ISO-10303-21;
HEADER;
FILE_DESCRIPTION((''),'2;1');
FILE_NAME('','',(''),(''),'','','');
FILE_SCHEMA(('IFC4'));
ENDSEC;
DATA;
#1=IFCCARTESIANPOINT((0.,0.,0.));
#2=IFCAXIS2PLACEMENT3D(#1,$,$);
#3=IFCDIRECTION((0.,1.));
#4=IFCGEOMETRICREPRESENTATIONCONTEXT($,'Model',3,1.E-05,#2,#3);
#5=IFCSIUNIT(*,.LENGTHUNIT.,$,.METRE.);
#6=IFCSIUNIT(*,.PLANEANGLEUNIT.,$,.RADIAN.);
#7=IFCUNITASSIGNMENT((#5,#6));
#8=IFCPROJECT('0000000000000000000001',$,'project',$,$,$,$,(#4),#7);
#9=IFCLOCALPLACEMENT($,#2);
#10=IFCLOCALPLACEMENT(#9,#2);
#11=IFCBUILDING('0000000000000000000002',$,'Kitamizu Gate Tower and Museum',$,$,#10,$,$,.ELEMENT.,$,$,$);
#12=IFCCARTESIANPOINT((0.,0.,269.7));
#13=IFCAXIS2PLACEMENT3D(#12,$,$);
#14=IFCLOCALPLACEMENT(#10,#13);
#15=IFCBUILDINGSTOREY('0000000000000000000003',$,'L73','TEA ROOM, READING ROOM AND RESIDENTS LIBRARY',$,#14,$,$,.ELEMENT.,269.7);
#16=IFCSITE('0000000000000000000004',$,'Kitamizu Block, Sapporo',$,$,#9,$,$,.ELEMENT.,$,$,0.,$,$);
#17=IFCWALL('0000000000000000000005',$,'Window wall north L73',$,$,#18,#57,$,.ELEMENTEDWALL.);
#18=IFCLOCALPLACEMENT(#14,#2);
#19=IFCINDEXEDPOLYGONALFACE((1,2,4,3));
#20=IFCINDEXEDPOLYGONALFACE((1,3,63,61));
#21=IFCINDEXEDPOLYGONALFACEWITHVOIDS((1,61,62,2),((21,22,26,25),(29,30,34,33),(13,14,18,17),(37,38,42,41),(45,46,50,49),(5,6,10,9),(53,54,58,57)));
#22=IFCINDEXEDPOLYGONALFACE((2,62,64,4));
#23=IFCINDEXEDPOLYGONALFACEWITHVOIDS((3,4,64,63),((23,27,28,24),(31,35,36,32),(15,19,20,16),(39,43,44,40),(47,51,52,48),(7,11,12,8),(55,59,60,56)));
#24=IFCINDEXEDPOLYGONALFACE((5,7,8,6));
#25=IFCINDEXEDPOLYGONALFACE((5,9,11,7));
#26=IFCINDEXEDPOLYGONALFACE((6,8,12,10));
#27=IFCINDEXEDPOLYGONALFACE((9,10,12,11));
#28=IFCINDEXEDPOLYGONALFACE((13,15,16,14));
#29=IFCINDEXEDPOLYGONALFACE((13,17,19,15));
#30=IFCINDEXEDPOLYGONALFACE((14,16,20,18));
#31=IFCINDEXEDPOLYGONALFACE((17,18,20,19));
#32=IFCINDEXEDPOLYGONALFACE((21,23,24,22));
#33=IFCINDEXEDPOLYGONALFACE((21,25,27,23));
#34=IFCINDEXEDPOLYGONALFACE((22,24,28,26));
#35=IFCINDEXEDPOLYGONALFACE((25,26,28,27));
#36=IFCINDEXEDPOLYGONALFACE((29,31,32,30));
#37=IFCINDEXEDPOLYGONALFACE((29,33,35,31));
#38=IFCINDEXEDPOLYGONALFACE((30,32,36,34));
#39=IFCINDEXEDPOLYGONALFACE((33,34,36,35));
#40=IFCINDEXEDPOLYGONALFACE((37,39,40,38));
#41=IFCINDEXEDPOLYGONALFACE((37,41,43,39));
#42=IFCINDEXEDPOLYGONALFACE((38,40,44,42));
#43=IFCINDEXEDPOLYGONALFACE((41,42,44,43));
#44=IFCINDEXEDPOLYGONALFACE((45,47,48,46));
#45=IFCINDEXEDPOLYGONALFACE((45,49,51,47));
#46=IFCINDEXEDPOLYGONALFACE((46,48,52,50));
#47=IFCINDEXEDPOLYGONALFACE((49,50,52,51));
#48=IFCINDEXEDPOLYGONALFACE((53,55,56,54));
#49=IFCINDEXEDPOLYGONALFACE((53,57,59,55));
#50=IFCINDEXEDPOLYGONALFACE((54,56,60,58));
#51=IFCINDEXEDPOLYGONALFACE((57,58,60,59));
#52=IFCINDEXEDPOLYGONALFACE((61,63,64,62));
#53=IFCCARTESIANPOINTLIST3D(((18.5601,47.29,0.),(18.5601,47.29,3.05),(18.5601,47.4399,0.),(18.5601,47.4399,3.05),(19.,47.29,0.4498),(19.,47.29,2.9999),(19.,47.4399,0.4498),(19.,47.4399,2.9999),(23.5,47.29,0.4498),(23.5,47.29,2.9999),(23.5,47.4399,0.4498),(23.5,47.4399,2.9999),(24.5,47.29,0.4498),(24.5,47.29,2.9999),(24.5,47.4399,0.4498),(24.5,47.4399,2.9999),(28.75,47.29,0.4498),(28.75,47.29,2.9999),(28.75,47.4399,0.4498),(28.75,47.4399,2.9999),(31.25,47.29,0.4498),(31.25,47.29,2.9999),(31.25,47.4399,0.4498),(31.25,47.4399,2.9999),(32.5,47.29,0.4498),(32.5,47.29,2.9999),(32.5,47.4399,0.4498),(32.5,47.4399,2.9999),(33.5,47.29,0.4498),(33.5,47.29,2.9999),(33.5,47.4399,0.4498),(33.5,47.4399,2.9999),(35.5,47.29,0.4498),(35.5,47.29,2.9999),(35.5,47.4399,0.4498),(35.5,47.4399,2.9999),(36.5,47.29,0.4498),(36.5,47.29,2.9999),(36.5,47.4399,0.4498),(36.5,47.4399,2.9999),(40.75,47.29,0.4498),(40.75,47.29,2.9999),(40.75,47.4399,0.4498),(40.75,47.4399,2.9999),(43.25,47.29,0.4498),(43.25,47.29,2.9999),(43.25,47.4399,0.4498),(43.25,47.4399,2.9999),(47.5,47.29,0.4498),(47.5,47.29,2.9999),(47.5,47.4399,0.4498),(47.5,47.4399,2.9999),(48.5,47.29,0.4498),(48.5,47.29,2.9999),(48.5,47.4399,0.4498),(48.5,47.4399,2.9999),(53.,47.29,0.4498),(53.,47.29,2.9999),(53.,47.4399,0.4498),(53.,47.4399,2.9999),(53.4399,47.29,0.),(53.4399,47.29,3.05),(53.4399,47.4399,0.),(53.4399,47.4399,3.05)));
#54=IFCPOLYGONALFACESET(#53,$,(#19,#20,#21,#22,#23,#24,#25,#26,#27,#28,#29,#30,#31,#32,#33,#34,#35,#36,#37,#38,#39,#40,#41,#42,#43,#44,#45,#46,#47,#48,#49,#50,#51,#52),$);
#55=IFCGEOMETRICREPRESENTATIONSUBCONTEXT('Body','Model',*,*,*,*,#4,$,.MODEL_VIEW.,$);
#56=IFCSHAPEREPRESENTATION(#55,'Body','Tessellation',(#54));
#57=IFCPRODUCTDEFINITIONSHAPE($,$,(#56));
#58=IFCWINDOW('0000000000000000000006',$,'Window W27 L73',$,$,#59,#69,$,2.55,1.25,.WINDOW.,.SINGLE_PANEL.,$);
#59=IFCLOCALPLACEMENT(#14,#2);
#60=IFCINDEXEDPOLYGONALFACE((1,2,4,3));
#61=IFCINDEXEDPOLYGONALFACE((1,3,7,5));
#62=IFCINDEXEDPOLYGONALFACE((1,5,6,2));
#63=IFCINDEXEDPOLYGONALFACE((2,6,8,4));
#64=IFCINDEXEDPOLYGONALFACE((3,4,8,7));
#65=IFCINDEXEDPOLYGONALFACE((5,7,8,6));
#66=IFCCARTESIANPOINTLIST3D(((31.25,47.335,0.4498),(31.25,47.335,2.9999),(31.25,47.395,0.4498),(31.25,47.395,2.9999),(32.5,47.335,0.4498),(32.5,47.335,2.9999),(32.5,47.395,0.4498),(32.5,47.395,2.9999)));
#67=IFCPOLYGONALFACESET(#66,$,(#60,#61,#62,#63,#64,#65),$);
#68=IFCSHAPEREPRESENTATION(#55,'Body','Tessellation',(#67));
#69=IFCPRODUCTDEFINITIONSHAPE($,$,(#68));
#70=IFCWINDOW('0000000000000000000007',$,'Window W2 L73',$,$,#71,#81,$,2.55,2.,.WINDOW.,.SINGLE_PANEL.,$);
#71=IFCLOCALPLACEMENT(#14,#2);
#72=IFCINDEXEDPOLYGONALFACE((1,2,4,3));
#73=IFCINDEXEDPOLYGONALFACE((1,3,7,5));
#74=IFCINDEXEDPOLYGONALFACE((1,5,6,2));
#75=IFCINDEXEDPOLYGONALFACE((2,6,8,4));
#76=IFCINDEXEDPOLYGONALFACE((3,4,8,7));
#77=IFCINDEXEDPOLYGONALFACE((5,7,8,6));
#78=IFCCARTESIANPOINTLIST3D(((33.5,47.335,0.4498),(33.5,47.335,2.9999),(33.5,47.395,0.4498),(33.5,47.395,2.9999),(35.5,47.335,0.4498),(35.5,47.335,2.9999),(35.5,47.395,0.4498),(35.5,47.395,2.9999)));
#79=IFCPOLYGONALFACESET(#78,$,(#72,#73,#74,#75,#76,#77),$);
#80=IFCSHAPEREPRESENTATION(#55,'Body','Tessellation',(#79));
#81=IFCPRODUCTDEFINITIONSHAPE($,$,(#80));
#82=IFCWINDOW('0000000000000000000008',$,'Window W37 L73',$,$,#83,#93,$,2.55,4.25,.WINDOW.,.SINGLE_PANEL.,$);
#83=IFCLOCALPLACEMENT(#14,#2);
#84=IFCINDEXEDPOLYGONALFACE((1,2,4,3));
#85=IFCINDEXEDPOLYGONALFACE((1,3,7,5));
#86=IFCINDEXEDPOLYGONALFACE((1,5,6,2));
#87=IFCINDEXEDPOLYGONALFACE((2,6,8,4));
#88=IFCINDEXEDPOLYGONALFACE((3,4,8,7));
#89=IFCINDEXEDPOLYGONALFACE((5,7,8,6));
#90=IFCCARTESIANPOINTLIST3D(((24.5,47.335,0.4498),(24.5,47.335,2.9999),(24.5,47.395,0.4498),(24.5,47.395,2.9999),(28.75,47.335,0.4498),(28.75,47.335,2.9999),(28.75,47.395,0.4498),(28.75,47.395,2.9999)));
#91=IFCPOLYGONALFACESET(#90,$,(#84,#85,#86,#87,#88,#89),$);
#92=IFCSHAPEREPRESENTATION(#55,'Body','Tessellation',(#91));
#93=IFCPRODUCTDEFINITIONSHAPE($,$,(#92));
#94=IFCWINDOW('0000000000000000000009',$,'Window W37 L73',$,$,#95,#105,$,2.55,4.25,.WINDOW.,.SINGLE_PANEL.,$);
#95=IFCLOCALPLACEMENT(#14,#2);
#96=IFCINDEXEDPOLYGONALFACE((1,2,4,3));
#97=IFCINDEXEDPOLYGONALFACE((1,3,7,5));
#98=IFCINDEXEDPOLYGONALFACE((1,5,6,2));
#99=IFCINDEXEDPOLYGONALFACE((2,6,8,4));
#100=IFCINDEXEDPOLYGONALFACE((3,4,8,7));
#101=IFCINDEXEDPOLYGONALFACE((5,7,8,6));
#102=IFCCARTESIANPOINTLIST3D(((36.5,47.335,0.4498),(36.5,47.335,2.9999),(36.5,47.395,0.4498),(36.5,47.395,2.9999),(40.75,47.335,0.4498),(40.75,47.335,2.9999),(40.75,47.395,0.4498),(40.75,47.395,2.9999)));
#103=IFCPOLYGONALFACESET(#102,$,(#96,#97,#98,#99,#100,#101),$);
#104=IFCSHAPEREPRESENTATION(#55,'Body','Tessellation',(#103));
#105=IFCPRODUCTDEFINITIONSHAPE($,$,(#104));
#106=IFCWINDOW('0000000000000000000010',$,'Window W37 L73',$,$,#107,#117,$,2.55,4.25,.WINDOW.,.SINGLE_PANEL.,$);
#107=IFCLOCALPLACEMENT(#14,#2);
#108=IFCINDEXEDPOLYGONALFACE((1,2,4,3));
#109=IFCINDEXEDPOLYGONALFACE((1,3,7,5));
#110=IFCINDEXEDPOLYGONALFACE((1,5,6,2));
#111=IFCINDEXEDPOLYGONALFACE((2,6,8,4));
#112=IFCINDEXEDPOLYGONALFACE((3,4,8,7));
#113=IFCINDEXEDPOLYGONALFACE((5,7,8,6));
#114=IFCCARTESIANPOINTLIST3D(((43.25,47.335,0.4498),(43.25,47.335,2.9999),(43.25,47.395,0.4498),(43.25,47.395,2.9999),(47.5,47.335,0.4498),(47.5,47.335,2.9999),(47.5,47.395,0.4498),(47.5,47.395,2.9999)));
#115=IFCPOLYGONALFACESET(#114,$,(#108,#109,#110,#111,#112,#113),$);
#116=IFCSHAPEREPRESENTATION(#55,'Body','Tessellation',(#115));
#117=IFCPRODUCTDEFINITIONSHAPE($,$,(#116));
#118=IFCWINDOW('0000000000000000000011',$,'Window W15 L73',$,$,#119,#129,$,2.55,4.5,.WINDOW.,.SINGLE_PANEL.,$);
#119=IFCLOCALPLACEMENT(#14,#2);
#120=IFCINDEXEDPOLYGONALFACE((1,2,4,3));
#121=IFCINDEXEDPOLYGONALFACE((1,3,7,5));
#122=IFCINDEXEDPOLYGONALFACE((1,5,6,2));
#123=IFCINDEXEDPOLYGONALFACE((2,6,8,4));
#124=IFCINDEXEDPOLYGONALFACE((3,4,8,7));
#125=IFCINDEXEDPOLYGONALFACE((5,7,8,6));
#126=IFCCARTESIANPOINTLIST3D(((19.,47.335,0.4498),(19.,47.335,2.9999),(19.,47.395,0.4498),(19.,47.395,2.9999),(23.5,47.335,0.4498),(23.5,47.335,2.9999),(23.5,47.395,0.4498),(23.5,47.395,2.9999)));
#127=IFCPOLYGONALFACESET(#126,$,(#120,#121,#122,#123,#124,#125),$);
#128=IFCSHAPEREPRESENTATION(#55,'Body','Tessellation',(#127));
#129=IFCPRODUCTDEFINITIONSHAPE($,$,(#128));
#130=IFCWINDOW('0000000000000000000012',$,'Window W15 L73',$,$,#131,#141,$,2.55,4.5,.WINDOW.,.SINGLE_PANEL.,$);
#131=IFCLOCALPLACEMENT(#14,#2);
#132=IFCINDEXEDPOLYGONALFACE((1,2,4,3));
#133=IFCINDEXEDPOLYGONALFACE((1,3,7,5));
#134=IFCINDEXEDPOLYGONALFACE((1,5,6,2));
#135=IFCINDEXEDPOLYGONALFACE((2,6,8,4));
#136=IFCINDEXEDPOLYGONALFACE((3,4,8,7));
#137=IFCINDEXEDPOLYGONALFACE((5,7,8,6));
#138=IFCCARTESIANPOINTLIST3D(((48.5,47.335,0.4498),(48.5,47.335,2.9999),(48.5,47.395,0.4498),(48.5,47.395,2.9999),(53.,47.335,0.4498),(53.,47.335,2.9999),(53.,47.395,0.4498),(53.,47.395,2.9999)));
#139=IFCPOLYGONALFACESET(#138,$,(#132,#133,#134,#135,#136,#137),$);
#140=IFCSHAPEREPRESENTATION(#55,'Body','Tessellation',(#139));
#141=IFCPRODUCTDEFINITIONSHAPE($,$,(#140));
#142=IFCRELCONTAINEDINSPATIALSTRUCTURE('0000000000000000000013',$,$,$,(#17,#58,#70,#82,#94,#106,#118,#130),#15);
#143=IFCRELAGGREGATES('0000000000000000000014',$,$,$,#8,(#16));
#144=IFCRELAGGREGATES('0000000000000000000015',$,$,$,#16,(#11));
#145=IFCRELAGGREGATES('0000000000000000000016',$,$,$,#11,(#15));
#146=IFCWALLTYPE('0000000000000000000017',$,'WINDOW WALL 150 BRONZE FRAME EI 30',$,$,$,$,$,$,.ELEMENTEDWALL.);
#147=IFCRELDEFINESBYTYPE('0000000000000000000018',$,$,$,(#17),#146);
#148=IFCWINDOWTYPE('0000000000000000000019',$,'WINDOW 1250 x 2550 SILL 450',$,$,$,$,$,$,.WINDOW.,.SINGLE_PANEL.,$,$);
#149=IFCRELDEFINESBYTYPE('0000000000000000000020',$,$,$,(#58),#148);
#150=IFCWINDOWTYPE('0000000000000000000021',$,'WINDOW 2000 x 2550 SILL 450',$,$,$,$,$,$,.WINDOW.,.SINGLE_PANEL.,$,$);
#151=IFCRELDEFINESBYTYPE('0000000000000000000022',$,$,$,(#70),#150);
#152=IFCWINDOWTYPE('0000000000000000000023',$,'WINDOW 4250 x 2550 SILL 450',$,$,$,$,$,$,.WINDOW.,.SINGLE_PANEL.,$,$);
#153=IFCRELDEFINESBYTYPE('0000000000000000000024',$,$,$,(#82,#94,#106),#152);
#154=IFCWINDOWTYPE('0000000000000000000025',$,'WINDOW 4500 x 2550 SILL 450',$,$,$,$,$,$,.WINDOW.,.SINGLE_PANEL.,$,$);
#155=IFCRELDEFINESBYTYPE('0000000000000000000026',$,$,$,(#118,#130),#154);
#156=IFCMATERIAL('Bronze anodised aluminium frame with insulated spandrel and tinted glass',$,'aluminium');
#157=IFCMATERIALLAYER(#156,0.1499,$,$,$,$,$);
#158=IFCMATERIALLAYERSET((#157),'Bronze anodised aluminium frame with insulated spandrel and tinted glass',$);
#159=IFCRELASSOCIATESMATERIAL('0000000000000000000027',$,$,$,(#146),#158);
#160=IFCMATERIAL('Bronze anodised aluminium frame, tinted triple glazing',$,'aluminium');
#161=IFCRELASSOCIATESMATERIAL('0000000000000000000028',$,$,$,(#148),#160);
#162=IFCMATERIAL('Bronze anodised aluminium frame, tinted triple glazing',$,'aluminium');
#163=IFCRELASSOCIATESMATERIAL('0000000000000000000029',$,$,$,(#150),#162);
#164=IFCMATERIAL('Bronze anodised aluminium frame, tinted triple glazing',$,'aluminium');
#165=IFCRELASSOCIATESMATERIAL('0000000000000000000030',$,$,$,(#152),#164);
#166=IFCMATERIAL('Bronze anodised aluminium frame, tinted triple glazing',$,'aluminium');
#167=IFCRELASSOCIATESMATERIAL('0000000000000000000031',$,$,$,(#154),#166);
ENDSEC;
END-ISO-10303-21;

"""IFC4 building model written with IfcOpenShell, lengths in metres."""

from ifc_helpers import new_model, si_unit, direction, frame, frame_2d, origin, place, context, subcontext, project, spatial, rectangle, extrude, material, layer, layer_set, type_object, element, fill, save


model = new_model("IFC4")

# Units and contexts
model_context = context("Model", 3, precision=1e-05, world=origin(), true_north=direction((0.0, 1.0)))
body_context = subcontext(model_context, "Body", "Model", "MODEL_VIEW")
ifc_project = project(units=[si_unit("LENGTHUNIT", "METRE"), si_unit("PLANEANGLEUNIT", "RADIAN")], contexts=[model_context])

# Site, building, storey
site_placement = place(None, origin())
site = spatial("IfcSite", under=ifc_project, at=site_placement, Name="Kitamizu Block, Sapporo", CompositionType="ELEMENT", RefElevation=0.0)
building_placement = place(site_placement, origin())
building = spatial("IfcBuilding", under=site, at=building_placement, Name="Kitamizu Gate Tower and Museum", CompositionType="ELEMENT")
storey_placement = place(building_placement, frame((0.0, 0.0, 269.7)))
storey = spatial("IfcBuildingStorey", under=building, at=storey_placement, Name="L73", Description="TEA ROOM, READING ROOM AND RESIDENTS LIBRARY", CompositionType="ELEMENT", Elevation=269.7)

# Wall, openings, windows
ifc_material_1 = material(Name="Bronze anodised aluminium frame with insulated spandrel and tinted glass", Category="aluminium")
ifc_layer_1 = layer(ifc_material_1, 0.1499)
ifc_layer_set_1 = layer_set([ifc_layer_1], Name="Bronze anodised aluminium frame with insulated spandrel and tinted glass")
wall_type_1 = type_object("IfcWallType", Name="WINDOW WALL 150 BRONZE FRAME EI 30", PredefinedType="ELEMENTEDWALL", material=ifc_layer_set_1)
wall_1_placement = place(storey_placement, frame((18.5601, 47.365, 0.0), z_axis=(0.0, 0.0, 1.0), x_axis=(1.0, 0.0, 0.0)))
wall_1 = element("IfcWall", 1, at=wall_1_placement, inside=storey, type_object=wall_type_1, Name="Window wall north L73", PredefinedType="ELEMENTEDWALL", context=body_context, shape_type="SweptSolid", body=[
    extrude(rectangle(XDim=34.8799, YDim=0.1499, at=frame_2d((17.4399, 0.0))), origin(), (0.0, 0.0, 1.0), 3.05),
])
opening_1_placement = place(wall_1_placement, frame((0.4399, 0.0, 0.45)))
opening_1 = element("IfcOpeningElement", 2, at=opening_1_placement, cuts=wall_1, PredefinedType="OPENING", context=body_context, shape_type="SweptSolid", body=[
    extrude(rectangle(XDim=4.5, YDim=2.55, at=frame_2d((2.25, 1.2749))), frame((0.0, 0.085, 0.0), z_axis=(0.0, -1.0, 0.0), x_axis=(1.0, 0.0, 0.0)), (0.0, 0.0, 1.0), 0.1699),
])
opening_2_placement = place(wall_1_placement, frame((5.9399, 0.0, 0.45)))
opening_2 = element("IfcOpeningElement", 3, at=opening_2_placement, cuts=wall_1, PredefinedType="OPENING", context=body_context, shape_type="SweptSolid", body=[
    extrude(rectangle(XDim=4.25, YDim=2.55, at=frame_2d((2.125, 1.2749))), frame((0.0, 0.085, 0.0), z_axis=(0.0, -1.0, 0.0), x_axis=(1.0, 0.0, 0.0)), (0.0, 0.0, 1.0), 0.1699),
])
opening_3_placement = place(wall_1_placement, frame((12.6899, 0.0, 0.45)))
opening_3 = element("IfcOpeningElement", 4, at=opening_3_placement, cuts=wall_1, PredefinedType="OPENING", context=body_context, shape_type="SweptSolid", body=[
    extrude(rectangle(XDim=1.25, YDim=2.55, at=frame_2d((0.625, 1.2749))), frame((0.0, 0.085, 0.0), z_axis=(0.0, -1.0, 0.0), x_axis=(1.0, 0.0, 0.0)), (0.0, 0.0, 1.0), 0.1699),
])
opening_4_placement = place(wall_1_placement, frame((14.9399, 0.0, 0.45)))
opening_4 = element("IfcOpeningElement", 5, at=opening_4_placement, cuts=wall_1, PredefinedType="OPENING", context=body_context, shape_type="SweptSolid", body=[
    extrude(rectangle(XDim=2.0, YDim=2.55, at=frame_2d((1.0, 1.2749))), frame((0.0, 0.085, 0.0), z_axis=(0.0, -1.0, 0.0), x_axis=(1.0, 0.0, 0.0)), (0.0, 0.0, 1.0), 0.1699),
])
opening_5_placement = place(wall_1_placement, frame((17.9399, 0.0, 0.45)))
opening_5 = element("IfcOpeningElement", 6, at=opening_5_placement, cuts=wall_1, PredefinedType="OPENING", context=body_context, shape_type="SweptSolid", body=[
    extrude(rectangle(XDim=4.25, YDim=2.55, at=frame_2d((2.125, 1.2749))), frame((0.0, 0.085, 0.0), z_axis=(0.0, -1.0, 0.0), x_axis=(1.0, 0.0, 0.0)), (0.0, 0.0, 1.0), 0.1699),
])
opening_6_placement = place(wall_1_placement, frame((24.6899, 0.0, 0.45)))
opening_6 = element("IfcOpeningElement", 7, at=opening_6_placement, cuts=wall_1, PredefinedType="OPENING", context=body_context, shape_type="SweptSolid", body=[
    extrude(rectangle(XDim=4.25, YDim=2.55, at=frame_2d((2.125, 1.2749))), frame((0.0, 0.085, 0.0), z_axis=(0.0, -1.0, 0.0), x_axis=(1.0, 0.0, 0.0)), (0.0, 0.0, 1.0), 0.1699),
])
opening_7_placement = place(wall_1_placement, frame((29.9399, 0.0, 0.45)))
opening_7 = element("IfcOpeningElement", 8, at=opening_7_placement, cuts=wall_1, PredefinedType="OPENING", context=body_context, shape_type="SweptSolid", body=[
    extrude(rectangle(XDim=4.5, YDim=2.55, at=frame_2d((2.25, 1.2749))), frame((0.0, 0.085, 0.0), z_axis=(0.0, -1.0, 0.0), x_axis=(1.0, 0.0, 0.0)), (0.0, 0.0, 1.0), 0.1699),
])
ifc_material_2 = material(Name="Bronze anodised aluminium frame, tinted triple glazing", Category="aluminium")
window_type_1 = type_object("IfcWindowType", Name="WINDOW 1250 x 2550 SILL 450", PartitioningType="SINGLE_PANEL", PredefinedType="WINDOW", material=ifc_material_2)
window_1_placement = place(opening_3_placement, origin())
window_1 = element("IfcWindow", 9, at=window_1_placement, inside=storey, type_object=window_type_1, Name="Window W27 L73", OverallHeight=2.55, OverallWidth=1.25, PartitioningType="SINGLE_PANEL", PredefinedType="WINDOW", context=body_context, shape_type="SweptSolid", body=[
    extrude(rectangle(XDim=1.25, YDim=2.55, at=frame_2d((0.625, 1.2749))), frame((0.0, 0.03, 0.0), z_axis=(0.0, -1.0, 0.0), x_axis=(1.0, 0.0, 0.0)), (0.0, 0.0, 1.0), 0.0601),
])
fill(opening_3, window_1)
ifc_material_3 = material(Name="Bronze anodised aluminium frame, tinted triple glazing", Category="aluminium")
window_type_2 = type_object("IfcWindowType", Name="WINDOW 2000 x 2550 SILL 450", PartitioningType="SINGLE_PANEL", PredefinedType="WINDOW", material=ifc_material_3)
window_2_placement = place(opening_4_placement, origin())
window_2 = element("IfcWindow", 10, at=window_2_placement, inside=storey, type_object=window_type_2, Name="Window W2 L73", OverallHeight=2.55, OverallWidth=2.0, PartitioningType="SINGLE_PANEL", PredefinedType="WINDOW", context=body_context, shape_type="SweptSolid", body=[
    extrude(rectangle(XDim=2.0, YDim=2.55, at=frame_2d((1.0, 1.2749))), frame((0.0, 0.03, 0.0), z_axis=(0.0, -1.0, 0.0), x_axis=(1.0, 0.0, 0.0)), (0.0, 0.0, 1.0), 0.0601),
])
fill(opening_4, window_2)
ifc_material_4 = material(Name="Bronze anodised aluminium frame, tinted triple glazing", Category="aluminium")
window_type_3 = type_object("IfcWindowType", Name="WINDOW 4250 x 2550 SILL 450", PartitioningType="SINGLE_PANEL", PredefinedType="WINDOW", material=ifc_material_4)
window_3_placement = place(opening_2_placement, origin())
window_3 = element("IfcWindow", 11, at=window_3_placement, inside=storey, type_object=window_type_3, Name="Window W37 L73", OverallHeight=2.55, OverallWidth=4.25, PartitioningType="SINGLE_PANEL", PredefinedType="WINDOW", context=body_context, shape_type="SweptSolid", body=[
    extrude(rectangle(XDim=4.25, YDim=2.55, at=frame_2d((2.125, 1.2749))), frame((0.0, 0.03, 0.0), z_axis=(0.0, -1.0, 0.0), x_axis=(1.0, 0.0, 0.0)), (0.0, 0.0, 1.0), 0.0601),
])
fill(opening_2, window_3)
window_4_placement = place(opening_5_placement, origin())
window_4 = element("IfcWindow", 12, at=window_4_placement, inside=storey, type_object=window_type_3, Name="Window W37 L73", OverallHeight=2.55, OverallWidth=4.25, PartitioningType="SINGLE_PANEL", PredefinedType="WINDOW", context=body_context, shape_type="SweptSolid", body=[
    extrude(rectangle(XDim=4.25, YDim=2.55, at=frame_2d((2.125, 1.2749))), frame((0.0, 0.03, 0.0), z_axis=(0.0, -1.0, 0.0), x_axis=(1.0, 0.0, 0.0)), (0.0, 0.0, 1.0), 0.0601),
])
fill(opening_5, window_4)
window_5_placement = place(opening_6_placement, origin())
window_5 = element("IfcWindow", 13, at=window_5_placement, inside=storey, type_object=window_type_3, Name="Window W37 L73", OverallHeight=2.55, OverallWidth=4.25, PartitioningType="SINGLE_PANEL", PredefinedType="WINDOW", context=body_context, shape_type="SweptSolid", body=[
    extrude(rectangle(XDim=4.25, YDim=2.55, at=frame_2d((2.125, 1.2749))), frame((0.0, 0.03, 0.0), z_axis=(0.0, -1.0, 0.0), x_axis=(1.0, 0.0, 0.0)), (0.0, 0.0, 1.0), 0.0601),
])
fill(opening_6, window_5)
ifc_material_5 = material(Name="Bronze anodised aluminium frame, tinted triple glazing", Category="aluminium")
window_type_4 = type_object("IfcWindowType", Name="WINDOW 4500 x 2550 SILL 450", PartitioningType="SINGLE_PANEL", PredefinedType="WINDOW", material=ifc_material_5)
window_6_placement = place(opening_1_placement, origin())
window_6 = element("IfcWindow", 14, at=window_6_placement, inside=storey, type_object=window_type_4, Name="Window W15 L73", OverallHeight=2.55, OverallWidth=4.5, PartitioningType="SINGLE_PANEL", PredefinedType="WINDOW", context=body_context, shape_type="SweptSolid", body=[
    extrude(rectangle(XDim=4.5, YDim=2.55, at=frame_2d((2.25, 1.2749))), frame((0.0, 0.03, 0.0), z_axis=(0.0, -1.0, 0.0), x_axis=(1.0, 0.0, 0.0)), (0.0, 0.0, 1.0), 0.0601),
])
fill(opening_1, window_6)
window_7_placement = place(opening_7_placement, origin())
window_7 = element("IfcWindow", 15, at=window_7_placement, inside=storey, type_object=window_type_4, Name="Window W15 L73", OverallHeight=2.55, OverallWidth=4.5, PartitioningType="SINGLE_PANEL", PredefinedType="WINDOW", context=body_context, shape_type="SweptSolid", body=[
    extrude(rectangle(XDim=4.5, YDim=2.55, at=frame_2d((2.25, 1.2749))), frame((0.0, 0.03, 0.0), z_axis=(0.0, -1.0, 0.0), x_axis=(1.0, 0.0, 0.0)), (0.0, 0.0, 1.0), 0.0601),
])
fill(opening_7, window_7)

save(model, "model.ifc")
